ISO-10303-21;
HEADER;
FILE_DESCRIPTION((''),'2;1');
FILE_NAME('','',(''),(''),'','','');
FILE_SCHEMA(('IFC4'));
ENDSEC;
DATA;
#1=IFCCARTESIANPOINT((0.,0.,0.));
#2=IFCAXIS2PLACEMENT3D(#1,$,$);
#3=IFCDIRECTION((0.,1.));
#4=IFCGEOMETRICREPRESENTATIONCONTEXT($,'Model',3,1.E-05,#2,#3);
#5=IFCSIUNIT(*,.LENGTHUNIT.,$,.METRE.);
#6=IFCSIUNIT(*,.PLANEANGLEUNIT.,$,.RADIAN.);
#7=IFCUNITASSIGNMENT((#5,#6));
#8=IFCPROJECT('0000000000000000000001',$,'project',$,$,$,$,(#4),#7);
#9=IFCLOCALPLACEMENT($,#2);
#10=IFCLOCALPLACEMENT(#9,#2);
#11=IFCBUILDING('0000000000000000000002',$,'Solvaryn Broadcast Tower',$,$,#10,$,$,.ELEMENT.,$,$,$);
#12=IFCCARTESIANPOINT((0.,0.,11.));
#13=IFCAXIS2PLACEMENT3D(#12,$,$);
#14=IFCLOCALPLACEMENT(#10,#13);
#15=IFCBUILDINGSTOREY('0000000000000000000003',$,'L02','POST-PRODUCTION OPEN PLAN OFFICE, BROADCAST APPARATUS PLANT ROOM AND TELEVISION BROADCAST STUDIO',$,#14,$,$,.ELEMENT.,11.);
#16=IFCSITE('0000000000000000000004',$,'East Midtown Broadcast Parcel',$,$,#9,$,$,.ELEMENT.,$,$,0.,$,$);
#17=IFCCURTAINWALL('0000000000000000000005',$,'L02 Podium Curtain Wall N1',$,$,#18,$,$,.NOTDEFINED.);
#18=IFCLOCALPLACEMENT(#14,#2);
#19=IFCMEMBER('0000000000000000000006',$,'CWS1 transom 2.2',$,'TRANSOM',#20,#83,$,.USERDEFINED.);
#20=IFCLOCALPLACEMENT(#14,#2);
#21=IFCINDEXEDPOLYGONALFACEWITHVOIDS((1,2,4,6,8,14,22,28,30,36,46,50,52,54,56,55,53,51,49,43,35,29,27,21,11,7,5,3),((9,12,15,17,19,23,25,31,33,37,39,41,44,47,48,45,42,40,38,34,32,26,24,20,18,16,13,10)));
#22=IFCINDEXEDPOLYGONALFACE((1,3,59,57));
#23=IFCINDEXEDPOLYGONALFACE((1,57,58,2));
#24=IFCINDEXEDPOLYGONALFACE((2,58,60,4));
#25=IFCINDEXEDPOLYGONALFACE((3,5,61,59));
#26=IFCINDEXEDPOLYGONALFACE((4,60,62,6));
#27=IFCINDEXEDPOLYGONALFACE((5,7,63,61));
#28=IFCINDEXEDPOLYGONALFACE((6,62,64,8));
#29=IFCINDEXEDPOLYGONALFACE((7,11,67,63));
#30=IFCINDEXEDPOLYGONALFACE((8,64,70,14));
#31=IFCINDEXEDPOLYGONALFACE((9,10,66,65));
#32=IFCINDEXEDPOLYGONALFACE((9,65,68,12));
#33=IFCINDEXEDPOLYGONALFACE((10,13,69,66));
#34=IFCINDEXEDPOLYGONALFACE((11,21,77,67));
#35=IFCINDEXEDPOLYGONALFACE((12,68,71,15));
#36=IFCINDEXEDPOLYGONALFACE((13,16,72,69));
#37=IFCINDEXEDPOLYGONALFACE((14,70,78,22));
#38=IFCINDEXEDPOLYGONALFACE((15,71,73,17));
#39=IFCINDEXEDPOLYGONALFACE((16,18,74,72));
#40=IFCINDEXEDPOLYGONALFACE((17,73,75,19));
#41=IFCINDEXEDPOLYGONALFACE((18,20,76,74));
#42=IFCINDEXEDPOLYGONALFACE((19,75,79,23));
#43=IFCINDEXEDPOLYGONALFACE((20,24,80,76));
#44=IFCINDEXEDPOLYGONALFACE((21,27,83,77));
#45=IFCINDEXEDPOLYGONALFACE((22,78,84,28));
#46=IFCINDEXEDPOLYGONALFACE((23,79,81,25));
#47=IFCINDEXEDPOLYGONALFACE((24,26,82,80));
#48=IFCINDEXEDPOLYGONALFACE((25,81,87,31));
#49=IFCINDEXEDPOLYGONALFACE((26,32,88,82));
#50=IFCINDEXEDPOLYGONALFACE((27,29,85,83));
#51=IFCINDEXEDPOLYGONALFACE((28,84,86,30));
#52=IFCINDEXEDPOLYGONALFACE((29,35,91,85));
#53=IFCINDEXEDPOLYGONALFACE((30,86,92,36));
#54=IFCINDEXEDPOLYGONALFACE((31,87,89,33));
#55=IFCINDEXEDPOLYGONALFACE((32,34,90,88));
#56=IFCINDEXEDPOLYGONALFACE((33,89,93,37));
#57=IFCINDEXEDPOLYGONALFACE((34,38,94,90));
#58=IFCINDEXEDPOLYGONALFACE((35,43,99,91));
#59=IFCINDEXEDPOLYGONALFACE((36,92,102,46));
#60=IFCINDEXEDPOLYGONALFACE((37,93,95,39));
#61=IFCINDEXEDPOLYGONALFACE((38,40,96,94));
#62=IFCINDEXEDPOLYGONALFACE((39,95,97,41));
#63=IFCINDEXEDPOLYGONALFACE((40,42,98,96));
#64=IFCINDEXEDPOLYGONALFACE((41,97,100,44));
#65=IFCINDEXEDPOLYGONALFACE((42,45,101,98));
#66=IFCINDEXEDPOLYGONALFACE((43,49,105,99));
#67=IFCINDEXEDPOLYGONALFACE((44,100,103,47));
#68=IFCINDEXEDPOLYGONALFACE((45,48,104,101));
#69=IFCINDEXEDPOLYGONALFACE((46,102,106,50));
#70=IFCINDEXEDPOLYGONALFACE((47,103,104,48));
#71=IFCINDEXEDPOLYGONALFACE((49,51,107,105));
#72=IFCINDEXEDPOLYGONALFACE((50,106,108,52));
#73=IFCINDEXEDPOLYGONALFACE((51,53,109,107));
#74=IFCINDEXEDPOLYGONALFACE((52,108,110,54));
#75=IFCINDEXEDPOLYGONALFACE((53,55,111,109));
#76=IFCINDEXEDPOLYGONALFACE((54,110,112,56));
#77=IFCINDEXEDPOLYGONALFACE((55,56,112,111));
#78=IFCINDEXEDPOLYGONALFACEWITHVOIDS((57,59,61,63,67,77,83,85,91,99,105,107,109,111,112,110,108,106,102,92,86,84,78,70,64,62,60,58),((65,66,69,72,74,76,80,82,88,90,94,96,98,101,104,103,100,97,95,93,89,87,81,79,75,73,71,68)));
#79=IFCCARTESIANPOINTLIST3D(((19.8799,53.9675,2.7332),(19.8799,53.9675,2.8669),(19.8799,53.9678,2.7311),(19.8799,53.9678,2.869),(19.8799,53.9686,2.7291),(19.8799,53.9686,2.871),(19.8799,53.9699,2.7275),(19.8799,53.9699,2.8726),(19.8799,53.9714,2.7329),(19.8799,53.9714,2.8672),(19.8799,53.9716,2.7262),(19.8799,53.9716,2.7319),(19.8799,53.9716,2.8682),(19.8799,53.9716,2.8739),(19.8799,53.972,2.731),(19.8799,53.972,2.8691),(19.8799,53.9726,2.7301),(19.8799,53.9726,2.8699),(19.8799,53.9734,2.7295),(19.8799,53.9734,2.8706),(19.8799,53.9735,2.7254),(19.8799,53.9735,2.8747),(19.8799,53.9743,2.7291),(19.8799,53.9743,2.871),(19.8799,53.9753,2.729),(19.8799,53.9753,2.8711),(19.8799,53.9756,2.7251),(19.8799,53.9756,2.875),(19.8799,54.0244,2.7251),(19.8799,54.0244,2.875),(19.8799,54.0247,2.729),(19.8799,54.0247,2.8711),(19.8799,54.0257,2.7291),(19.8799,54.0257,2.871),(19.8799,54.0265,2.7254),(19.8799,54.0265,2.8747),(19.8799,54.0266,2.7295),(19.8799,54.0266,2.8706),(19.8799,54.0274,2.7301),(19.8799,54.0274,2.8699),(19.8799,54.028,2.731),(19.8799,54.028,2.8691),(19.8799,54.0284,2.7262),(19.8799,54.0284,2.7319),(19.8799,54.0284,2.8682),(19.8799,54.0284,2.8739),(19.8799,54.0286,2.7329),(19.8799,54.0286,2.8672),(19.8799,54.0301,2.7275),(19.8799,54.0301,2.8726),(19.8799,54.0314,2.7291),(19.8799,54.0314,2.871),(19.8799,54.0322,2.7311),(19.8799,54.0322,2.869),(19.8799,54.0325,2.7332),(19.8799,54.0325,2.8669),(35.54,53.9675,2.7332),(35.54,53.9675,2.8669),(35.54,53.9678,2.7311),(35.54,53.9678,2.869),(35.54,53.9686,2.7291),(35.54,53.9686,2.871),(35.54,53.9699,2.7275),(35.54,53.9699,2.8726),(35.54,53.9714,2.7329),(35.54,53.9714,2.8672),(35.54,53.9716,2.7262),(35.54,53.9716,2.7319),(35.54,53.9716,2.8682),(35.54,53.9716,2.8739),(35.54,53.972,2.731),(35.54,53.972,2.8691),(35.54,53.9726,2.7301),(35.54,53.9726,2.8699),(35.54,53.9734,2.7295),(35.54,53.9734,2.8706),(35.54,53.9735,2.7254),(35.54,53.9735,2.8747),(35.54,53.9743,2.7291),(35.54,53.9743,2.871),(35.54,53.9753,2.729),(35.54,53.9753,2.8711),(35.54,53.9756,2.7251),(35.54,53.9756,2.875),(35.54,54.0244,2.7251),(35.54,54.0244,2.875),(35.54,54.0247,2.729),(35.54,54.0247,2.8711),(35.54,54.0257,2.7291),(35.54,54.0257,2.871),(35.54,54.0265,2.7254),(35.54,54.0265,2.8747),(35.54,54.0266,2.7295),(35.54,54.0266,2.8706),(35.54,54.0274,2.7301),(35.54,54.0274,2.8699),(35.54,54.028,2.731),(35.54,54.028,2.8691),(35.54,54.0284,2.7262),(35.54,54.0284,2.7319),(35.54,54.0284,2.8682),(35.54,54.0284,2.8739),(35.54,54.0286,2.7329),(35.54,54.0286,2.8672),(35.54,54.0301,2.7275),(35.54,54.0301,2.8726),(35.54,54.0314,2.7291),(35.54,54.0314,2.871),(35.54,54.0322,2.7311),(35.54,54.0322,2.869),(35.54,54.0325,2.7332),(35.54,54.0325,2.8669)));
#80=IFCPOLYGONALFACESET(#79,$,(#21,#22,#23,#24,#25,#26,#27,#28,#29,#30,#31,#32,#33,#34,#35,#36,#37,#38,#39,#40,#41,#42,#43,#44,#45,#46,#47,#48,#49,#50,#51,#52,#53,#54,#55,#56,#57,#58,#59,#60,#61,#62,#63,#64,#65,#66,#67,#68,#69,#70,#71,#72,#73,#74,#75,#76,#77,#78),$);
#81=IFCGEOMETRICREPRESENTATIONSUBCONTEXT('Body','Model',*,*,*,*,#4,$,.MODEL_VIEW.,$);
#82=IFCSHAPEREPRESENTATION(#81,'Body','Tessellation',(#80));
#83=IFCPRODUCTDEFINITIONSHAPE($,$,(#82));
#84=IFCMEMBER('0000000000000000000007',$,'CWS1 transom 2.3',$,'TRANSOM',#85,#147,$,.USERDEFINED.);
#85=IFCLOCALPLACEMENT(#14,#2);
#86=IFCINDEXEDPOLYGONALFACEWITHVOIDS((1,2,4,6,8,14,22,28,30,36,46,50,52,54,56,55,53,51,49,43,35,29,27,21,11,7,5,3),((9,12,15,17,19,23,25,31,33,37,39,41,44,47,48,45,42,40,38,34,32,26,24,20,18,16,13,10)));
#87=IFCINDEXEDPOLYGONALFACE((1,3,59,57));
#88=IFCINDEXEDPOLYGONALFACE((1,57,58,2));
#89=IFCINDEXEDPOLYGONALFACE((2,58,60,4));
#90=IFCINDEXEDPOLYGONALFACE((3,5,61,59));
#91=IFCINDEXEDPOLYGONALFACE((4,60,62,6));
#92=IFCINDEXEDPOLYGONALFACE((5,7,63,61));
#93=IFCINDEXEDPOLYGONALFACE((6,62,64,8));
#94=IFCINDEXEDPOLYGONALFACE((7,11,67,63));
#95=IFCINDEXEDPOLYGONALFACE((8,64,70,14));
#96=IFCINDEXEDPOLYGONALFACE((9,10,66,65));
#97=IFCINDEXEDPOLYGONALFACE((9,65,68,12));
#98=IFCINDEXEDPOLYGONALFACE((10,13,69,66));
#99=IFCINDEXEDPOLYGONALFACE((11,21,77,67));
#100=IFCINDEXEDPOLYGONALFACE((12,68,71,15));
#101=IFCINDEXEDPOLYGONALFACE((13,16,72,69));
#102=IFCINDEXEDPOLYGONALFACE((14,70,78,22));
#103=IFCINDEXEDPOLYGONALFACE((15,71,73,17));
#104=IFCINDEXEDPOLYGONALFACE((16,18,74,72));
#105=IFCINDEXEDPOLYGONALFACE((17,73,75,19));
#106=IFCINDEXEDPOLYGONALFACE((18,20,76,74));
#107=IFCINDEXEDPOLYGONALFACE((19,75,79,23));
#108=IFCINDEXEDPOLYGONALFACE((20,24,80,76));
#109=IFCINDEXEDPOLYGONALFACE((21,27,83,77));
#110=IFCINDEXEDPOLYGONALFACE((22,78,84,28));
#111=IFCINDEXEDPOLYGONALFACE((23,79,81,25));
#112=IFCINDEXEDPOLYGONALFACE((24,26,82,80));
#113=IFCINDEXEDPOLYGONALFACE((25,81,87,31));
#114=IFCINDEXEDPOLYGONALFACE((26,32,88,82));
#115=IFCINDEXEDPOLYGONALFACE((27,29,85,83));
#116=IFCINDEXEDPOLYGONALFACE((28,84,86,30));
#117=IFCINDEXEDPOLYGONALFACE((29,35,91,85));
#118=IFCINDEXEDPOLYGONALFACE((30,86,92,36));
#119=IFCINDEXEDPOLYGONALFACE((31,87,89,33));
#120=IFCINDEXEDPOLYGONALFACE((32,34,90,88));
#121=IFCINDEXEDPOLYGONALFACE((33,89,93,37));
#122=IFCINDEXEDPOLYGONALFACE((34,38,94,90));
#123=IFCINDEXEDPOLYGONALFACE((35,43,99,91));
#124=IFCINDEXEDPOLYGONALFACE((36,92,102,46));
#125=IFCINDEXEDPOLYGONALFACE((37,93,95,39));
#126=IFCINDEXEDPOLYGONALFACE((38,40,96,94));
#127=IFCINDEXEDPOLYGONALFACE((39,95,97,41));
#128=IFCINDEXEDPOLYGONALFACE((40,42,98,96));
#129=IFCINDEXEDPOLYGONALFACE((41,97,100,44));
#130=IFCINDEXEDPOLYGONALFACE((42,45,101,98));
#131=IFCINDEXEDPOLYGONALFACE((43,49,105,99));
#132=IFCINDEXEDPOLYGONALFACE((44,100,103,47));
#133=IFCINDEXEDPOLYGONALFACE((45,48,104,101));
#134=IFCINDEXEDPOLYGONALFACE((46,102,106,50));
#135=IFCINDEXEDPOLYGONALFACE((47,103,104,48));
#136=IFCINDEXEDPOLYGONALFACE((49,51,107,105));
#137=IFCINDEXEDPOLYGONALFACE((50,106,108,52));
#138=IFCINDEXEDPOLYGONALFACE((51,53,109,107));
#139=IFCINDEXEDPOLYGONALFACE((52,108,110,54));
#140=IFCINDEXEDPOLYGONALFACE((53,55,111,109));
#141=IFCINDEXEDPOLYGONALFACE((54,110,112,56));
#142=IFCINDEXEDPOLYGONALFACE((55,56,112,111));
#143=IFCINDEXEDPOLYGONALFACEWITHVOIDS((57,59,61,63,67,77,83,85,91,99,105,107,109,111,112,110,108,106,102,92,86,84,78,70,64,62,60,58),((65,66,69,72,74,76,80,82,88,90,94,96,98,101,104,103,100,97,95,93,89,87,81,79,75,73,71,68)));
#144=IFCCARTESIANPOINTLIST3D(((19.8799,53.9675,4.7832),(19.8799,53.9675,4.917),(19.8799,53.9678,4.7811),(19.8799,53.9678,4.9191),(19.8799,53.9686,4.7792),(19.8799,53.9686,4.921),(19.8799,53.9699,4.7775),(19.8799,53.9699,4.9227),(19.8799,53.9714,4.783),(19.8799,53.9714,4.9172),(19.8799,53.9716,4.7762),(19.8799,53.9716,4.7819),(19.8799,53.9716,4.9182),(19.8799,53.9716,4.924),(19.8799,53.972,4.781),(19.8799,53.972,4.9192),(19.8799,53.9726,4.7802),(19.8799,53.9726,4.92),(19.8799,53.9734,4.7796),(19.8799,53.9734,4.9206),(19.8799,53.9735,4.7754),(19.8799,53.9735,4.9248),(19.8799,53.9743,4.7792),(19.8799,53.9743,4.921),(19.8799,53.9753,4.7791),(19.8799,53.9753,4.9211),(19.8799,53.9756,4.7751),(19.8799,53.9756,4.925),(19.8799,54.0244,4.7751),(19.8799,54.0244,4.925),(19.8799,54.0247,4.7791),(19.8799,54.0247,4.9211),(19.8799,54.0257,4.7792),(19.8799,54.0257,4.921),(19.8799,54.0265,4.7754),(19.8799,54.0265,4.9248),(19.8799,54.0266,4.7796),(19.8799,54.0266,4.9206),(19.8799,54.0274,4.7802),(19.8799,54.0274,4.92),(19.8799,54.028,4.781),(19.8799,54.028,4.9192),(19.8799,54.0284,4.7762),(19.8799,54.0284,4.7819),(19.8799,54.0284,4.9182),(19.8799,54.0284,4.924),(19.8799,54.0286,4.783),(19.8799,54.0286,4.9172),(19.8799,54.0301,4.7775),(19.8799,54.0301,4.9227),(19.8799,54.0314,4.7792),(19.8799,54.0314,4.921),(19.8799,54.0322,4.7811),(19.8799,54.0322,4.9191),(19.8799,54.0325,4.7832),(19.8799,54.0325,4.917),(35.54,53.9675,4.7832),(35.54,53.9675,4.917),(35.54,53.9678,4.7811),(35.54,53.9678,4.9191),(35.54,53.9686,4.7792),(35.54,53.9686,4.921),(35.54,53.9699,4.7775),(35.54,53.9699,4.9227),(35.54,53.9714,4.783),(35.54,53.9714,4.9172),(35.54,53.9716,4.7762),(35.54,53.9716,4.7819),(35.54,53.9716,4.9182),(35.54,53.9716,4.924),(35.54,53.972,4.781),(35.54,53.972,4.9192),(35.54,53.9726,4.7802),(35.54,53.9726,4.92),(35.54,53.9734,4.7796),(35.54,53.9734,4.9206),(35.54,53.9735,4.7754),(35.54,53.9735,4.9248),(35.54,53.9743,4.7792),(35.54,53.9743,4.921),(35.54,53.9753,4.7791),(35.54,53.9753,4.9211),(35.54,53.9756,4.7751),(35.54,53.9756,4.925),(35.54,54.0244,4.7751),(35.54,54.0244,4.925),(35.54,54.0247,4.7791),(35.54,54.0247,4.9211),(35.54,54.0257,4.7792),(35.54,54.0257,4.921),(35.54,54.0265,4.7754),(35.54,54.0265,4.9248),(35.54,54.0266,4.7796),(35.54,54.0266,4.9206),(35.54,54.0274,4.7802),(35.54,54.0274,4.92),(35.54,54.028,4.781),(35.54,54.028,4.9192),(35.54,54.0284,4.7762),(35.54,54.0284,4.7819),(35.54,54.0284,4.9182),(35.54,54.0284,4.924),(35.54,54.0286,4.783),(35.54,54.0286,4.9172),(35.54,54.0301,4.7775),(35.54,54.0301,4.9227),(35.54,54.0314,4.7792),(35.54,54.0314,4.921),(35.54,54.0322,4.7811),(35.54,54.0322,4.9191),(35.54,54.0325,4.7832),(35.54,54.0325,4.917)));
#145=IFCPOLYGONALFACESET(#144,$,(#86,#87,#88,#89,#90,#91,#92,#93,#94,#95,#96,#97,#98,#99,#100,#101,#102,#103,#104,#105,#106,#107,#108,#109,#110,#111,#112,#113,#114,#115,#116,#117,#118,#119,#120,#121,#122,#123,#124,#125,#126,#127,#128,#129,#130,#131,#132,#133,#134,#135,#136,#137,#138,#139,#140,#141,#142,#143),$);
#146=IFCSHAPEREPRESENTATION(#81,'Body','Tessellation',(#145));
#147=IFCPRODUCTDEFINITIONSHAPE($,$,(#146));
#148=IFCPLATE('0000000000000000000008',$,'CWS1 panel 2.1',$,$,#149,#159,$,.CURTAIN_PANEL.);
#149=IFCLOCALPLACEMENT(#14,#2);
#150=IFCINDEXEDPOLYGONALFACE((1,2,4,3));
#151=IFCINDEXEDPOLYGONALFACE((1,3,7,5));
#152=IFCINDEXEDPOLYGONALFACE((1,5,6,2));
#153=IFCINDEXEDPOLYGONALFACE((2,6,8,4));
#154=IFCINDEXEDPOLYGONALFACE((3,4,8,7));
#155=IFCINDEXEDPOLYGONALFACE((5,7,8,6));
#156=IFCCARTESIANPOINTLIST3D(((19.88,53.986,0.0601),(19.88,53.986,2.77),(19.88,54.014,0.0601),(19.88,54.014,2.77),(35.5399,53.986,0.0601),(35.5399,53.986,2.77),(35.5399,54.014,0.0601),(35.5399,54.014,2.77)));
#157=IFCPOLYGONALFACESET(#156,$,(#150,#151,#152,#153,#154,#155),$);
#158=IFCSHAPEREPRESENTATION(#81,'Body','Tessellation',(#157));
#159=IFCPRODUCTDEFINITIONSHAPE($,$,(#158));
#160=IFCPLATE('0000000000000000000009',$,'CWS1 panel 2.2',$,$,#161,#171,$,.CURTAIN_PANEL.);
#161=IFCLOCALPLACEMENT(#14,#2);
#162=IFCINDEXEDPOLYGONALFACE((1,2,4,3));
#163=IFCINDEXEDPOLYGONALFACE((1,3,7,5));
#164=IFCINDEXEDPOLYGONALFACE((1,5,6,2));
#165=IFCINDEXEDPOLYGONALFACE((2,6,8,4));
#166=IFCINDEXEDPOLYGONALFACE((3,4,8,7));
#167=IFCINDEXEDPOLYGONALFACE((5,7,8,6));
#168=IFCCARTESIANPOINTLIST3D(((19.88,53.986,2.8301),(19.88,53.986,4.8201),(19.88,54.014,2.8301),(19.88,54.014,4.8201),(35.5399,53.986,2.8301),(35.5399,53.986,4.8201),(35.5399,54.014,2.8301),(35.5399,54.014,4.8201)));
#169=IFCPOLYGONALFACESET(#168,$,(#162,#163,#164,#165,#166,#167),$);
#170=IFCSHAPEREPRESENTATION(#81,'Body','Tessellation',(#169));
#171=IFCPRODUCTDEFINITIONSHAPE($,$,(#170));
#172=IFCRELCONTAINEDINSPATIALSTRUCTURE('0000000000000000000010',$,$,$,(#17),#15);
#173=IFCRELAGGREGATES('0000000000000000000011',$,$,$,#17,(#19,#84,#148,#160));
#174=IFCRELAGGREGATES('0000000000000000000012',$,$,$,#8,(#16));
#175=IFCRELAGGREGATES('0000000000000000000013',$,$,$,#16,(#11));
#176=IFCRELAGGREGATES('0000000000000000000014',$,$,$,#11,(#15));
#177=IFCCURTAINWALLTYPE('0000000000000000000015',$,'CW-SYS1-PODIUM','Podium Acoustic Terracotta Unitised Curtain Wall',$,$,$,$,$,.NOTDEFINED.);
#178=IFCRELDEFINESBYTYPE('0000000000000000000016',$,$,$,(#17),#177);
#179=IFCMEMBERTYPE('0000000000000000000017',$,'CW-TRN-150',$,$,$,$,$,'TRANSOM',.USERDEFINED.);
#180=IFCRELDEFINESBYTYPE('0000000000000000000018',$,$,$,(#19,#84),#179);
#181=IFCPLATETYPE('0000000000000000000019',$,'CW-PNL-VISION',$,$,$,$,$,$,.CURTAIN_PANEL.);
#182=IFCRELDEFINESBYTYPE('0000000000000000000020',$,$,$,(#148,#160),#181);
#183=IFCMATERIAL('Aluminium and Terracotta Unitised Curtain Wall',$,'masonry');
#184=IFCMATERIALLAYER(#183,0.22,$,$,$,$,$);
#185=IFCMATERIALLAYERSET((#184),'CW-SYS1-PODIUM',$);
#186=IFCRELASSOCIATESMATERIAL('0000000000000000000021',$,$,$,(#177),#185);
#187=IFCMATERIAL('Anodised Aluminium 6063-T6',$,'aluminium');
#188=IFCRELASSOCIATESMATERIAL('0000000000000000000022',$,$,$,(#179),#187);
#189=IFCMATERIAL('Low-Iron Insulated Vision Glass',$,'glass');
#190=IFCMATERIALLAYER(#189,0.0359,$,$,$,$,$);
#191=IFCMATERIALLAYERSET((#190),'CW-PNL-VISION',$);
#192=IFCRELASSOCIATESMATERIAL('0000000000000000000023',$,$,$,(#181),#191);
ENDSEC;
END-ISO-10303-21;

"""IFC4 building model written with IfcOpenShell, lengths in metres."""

from ifc_helpers import new_model, si_unit, direction, frame, origin, origin_2d, place, context, subcontext, project, spatial, rectangle, hollow_rectangle, extrude, material, layer, layer_set, material_profile, profile_set, type_object, element, aggregate, save


model = new_model("IFC4")

# Units and contexts
model_context = context("Model", 3, precision=1e-05, world=origin(), true_north=direction((0.0, 1.0)))
body_context = subcontext(model_context, "Body", "Model", "MODEL_VIEW")
ifc_project = project(units=[si_unit("LENGTHUNIT", "METRE"), si_unit("PLANEANGLEUNIT", "RADIAN")], contexts=[model_context])

# Site, building, storey
site_placement = place(None, origin())
site = spatial("IfcSite", under=ifc_project, at=site_placement, Name="East Midtown Broadcast Parcel", CompositionType="ELEMENT", RefElevation=0.0)
building_placement = place(site_placement, origin())
building = spatial("IfcBuilding", under=site, at=building_placement, Name="Solvaryn Broadcast Tower", CompositionType="ELEMENT")
storey_placement = place(building_placement, frame((0.0, 0.0, 11.0)))
storey = spatial("IfcBuildingStorey", under=building, at=storey_placement, Name="L02", Description="POST-PRODUCTION OPEN PLAN OFFICE, BROADCAST APPARATUS PLANT ROOM AND TELEVISION BROADCAST STUDIO", CompositionType="ELEMENT", Elevation=11.0)

# Curtain wall, members, plates
ifc_material_1 = material(Name="Aluminium and Terracotta Unitised Curtain Wall", Category="masonry")
ifc_layer_1 = layer(ifc_material_1, 0.22)
ifc_layer_set_1 = layer_set([ifc_layer_1], Name="CW-SYS1-PODIUM")
curtain_wall_type = type_object("IfcCurtainWallType", Name="CW-SYS1-PODIUM", Description="Podium Acoustic Terracotta Unitised Curtain Wall", PredefinedType="NOTDEFINED", material=ifc_layer_set_1)
curtain_wall_placement = place(storey_placement, origin())
curtain_wall = element("IfcCurtainWall", 1, at=curtain_wall_placement, inside=storey, type_object=curtain_wall_type, Name="L02 Podium Curtain Wall N1", PredefinedType="NOTDEFINED")
ifc_material_2 = material(Name="Anodised Aluminium 6063-T6", Category="aluminium")
ifc_material_profile_1 = material_profile(ifc_material_2, hollow_rectangle(XDim=0.0649, YDim=0.1499, WallThickness=0.0039, InnerFilletRadius=0.0039, OuterFilletRadius=0.0081, at=origin_2d()))
ifc_profile_set_1 = profile_set([ifc_material_profile_1], Name="Anodised Aluminium 6063-T6")
member_type_1 = type_object("IfcMemberType", Name="CW-TRN-150", ElementType="TRANSOM", PredefinedType="USERDEFINED", material=ifc_profile_set_1)
member_1_placement = place(storey_placement, frame((19.8799, 54.0, 2.8), z_axis=(1.0, 0.0, 0.0), x_axis=(0.0, 1.0, 0.0)))
member_1 = element("IfcMember", 2, at=member_1_placement, type_object=member_type_1, Name="CWS1 transom 2.2", ObjectType="TRANSOM", PredefinedType="USERDEFINED", context=body_context, shape_type="SweptSolid", body=[
    extrude(hollow_rectangle(XDim=0.0649, YDim=0.1499, WallThickness=0.0039, InnerFilletRadius=0.0039, OuterFilletRadius=0.0081, at=origin_2d()), origin(), (0.0, 0.0, 1.0), 15.6602),
])
member_2_placement = place(storey_placement, frame((19.8799, 54.0, 4.8501), z_axis=(1.0, 0.0, 0.0), x_axis=(0.0, 1.0, 0.0)))
member_2 = element("IfcMember", 3, at=member_2_placement, type_object=member_type_1, Name="CWS1 transom 2.3", ObjectType="TRANSOM", PredefinedType="USERDEFINED", context=body_context, shape_type="SweptSolid", body=[
    extrude(hollow_rectangle(XDim=0.0649, YDim=0.1499, WallThickness=0.0039, InnerFilletRadius=0.0039, OuterFilletRadius=0.0081, at=origin_2d()), origin(), (0.0, 0.0, 1.0), 15.6602),
])
ifc_material_3 = material(Name="Low-Iron Insulated Vision Glass", Category="glass")
ifc_layer_2 = layer(ifc_material_3, 0.0359)
ifc_layer_set_2 = layer_set([ifc_layer_2], Name="CW-PNL-VISION")
plate_type = type_object("IfcPlateType", Name="CW-PNL-VISION", PredefinedType="CURTAIN_PANEL", material=ifc_layer_set_2)
plate_1_placement = place(storey_placement, frame((27.71, 54.0, 0.0601), z_axis=(0.0, 0.0, 1.0), x_axis=(1.0, 0.0, 0.0)))
plate_1 = element("IfcPlate", 4, at=plate_1_placement, type_object=plate_type, Name="CWS1 panel 2.1", PredefinedType="CURTAIN_PANEL", context=body_context, shape_type="SweptSolid", body=[
    extrude(rectangle(XDim=15.6599, YDim=0.0281, at=origin_2d()), origin(), (0.0, 0.0, 1.0), 2.71),
])
plate_2_placement = place(storey_placement, frame((27.71, 54.0, 2.8301), z_axis=(0.0, 0.0, 1.0), x_axis=(1.0, 0.0, 0.0)))
plate_2 = element("IfcPlate", 5, at=plate_2_placement, type_object=plate_type, Name="CWS1 panel 2.2", PredefinedType="CURTAIN_PANEL", context=body_context, shape_type="SweptSolid", body=[
    extrude(rectangle(XDim=15.6599, YDim=0.0281, at=origin_2d()), origin(), (0.0, 0.0, 1.0), 1.99),
])
aggregate(curtain_wall, [member_1, member_2, plate_1, plate_2])

save(model, "model.ifc")
